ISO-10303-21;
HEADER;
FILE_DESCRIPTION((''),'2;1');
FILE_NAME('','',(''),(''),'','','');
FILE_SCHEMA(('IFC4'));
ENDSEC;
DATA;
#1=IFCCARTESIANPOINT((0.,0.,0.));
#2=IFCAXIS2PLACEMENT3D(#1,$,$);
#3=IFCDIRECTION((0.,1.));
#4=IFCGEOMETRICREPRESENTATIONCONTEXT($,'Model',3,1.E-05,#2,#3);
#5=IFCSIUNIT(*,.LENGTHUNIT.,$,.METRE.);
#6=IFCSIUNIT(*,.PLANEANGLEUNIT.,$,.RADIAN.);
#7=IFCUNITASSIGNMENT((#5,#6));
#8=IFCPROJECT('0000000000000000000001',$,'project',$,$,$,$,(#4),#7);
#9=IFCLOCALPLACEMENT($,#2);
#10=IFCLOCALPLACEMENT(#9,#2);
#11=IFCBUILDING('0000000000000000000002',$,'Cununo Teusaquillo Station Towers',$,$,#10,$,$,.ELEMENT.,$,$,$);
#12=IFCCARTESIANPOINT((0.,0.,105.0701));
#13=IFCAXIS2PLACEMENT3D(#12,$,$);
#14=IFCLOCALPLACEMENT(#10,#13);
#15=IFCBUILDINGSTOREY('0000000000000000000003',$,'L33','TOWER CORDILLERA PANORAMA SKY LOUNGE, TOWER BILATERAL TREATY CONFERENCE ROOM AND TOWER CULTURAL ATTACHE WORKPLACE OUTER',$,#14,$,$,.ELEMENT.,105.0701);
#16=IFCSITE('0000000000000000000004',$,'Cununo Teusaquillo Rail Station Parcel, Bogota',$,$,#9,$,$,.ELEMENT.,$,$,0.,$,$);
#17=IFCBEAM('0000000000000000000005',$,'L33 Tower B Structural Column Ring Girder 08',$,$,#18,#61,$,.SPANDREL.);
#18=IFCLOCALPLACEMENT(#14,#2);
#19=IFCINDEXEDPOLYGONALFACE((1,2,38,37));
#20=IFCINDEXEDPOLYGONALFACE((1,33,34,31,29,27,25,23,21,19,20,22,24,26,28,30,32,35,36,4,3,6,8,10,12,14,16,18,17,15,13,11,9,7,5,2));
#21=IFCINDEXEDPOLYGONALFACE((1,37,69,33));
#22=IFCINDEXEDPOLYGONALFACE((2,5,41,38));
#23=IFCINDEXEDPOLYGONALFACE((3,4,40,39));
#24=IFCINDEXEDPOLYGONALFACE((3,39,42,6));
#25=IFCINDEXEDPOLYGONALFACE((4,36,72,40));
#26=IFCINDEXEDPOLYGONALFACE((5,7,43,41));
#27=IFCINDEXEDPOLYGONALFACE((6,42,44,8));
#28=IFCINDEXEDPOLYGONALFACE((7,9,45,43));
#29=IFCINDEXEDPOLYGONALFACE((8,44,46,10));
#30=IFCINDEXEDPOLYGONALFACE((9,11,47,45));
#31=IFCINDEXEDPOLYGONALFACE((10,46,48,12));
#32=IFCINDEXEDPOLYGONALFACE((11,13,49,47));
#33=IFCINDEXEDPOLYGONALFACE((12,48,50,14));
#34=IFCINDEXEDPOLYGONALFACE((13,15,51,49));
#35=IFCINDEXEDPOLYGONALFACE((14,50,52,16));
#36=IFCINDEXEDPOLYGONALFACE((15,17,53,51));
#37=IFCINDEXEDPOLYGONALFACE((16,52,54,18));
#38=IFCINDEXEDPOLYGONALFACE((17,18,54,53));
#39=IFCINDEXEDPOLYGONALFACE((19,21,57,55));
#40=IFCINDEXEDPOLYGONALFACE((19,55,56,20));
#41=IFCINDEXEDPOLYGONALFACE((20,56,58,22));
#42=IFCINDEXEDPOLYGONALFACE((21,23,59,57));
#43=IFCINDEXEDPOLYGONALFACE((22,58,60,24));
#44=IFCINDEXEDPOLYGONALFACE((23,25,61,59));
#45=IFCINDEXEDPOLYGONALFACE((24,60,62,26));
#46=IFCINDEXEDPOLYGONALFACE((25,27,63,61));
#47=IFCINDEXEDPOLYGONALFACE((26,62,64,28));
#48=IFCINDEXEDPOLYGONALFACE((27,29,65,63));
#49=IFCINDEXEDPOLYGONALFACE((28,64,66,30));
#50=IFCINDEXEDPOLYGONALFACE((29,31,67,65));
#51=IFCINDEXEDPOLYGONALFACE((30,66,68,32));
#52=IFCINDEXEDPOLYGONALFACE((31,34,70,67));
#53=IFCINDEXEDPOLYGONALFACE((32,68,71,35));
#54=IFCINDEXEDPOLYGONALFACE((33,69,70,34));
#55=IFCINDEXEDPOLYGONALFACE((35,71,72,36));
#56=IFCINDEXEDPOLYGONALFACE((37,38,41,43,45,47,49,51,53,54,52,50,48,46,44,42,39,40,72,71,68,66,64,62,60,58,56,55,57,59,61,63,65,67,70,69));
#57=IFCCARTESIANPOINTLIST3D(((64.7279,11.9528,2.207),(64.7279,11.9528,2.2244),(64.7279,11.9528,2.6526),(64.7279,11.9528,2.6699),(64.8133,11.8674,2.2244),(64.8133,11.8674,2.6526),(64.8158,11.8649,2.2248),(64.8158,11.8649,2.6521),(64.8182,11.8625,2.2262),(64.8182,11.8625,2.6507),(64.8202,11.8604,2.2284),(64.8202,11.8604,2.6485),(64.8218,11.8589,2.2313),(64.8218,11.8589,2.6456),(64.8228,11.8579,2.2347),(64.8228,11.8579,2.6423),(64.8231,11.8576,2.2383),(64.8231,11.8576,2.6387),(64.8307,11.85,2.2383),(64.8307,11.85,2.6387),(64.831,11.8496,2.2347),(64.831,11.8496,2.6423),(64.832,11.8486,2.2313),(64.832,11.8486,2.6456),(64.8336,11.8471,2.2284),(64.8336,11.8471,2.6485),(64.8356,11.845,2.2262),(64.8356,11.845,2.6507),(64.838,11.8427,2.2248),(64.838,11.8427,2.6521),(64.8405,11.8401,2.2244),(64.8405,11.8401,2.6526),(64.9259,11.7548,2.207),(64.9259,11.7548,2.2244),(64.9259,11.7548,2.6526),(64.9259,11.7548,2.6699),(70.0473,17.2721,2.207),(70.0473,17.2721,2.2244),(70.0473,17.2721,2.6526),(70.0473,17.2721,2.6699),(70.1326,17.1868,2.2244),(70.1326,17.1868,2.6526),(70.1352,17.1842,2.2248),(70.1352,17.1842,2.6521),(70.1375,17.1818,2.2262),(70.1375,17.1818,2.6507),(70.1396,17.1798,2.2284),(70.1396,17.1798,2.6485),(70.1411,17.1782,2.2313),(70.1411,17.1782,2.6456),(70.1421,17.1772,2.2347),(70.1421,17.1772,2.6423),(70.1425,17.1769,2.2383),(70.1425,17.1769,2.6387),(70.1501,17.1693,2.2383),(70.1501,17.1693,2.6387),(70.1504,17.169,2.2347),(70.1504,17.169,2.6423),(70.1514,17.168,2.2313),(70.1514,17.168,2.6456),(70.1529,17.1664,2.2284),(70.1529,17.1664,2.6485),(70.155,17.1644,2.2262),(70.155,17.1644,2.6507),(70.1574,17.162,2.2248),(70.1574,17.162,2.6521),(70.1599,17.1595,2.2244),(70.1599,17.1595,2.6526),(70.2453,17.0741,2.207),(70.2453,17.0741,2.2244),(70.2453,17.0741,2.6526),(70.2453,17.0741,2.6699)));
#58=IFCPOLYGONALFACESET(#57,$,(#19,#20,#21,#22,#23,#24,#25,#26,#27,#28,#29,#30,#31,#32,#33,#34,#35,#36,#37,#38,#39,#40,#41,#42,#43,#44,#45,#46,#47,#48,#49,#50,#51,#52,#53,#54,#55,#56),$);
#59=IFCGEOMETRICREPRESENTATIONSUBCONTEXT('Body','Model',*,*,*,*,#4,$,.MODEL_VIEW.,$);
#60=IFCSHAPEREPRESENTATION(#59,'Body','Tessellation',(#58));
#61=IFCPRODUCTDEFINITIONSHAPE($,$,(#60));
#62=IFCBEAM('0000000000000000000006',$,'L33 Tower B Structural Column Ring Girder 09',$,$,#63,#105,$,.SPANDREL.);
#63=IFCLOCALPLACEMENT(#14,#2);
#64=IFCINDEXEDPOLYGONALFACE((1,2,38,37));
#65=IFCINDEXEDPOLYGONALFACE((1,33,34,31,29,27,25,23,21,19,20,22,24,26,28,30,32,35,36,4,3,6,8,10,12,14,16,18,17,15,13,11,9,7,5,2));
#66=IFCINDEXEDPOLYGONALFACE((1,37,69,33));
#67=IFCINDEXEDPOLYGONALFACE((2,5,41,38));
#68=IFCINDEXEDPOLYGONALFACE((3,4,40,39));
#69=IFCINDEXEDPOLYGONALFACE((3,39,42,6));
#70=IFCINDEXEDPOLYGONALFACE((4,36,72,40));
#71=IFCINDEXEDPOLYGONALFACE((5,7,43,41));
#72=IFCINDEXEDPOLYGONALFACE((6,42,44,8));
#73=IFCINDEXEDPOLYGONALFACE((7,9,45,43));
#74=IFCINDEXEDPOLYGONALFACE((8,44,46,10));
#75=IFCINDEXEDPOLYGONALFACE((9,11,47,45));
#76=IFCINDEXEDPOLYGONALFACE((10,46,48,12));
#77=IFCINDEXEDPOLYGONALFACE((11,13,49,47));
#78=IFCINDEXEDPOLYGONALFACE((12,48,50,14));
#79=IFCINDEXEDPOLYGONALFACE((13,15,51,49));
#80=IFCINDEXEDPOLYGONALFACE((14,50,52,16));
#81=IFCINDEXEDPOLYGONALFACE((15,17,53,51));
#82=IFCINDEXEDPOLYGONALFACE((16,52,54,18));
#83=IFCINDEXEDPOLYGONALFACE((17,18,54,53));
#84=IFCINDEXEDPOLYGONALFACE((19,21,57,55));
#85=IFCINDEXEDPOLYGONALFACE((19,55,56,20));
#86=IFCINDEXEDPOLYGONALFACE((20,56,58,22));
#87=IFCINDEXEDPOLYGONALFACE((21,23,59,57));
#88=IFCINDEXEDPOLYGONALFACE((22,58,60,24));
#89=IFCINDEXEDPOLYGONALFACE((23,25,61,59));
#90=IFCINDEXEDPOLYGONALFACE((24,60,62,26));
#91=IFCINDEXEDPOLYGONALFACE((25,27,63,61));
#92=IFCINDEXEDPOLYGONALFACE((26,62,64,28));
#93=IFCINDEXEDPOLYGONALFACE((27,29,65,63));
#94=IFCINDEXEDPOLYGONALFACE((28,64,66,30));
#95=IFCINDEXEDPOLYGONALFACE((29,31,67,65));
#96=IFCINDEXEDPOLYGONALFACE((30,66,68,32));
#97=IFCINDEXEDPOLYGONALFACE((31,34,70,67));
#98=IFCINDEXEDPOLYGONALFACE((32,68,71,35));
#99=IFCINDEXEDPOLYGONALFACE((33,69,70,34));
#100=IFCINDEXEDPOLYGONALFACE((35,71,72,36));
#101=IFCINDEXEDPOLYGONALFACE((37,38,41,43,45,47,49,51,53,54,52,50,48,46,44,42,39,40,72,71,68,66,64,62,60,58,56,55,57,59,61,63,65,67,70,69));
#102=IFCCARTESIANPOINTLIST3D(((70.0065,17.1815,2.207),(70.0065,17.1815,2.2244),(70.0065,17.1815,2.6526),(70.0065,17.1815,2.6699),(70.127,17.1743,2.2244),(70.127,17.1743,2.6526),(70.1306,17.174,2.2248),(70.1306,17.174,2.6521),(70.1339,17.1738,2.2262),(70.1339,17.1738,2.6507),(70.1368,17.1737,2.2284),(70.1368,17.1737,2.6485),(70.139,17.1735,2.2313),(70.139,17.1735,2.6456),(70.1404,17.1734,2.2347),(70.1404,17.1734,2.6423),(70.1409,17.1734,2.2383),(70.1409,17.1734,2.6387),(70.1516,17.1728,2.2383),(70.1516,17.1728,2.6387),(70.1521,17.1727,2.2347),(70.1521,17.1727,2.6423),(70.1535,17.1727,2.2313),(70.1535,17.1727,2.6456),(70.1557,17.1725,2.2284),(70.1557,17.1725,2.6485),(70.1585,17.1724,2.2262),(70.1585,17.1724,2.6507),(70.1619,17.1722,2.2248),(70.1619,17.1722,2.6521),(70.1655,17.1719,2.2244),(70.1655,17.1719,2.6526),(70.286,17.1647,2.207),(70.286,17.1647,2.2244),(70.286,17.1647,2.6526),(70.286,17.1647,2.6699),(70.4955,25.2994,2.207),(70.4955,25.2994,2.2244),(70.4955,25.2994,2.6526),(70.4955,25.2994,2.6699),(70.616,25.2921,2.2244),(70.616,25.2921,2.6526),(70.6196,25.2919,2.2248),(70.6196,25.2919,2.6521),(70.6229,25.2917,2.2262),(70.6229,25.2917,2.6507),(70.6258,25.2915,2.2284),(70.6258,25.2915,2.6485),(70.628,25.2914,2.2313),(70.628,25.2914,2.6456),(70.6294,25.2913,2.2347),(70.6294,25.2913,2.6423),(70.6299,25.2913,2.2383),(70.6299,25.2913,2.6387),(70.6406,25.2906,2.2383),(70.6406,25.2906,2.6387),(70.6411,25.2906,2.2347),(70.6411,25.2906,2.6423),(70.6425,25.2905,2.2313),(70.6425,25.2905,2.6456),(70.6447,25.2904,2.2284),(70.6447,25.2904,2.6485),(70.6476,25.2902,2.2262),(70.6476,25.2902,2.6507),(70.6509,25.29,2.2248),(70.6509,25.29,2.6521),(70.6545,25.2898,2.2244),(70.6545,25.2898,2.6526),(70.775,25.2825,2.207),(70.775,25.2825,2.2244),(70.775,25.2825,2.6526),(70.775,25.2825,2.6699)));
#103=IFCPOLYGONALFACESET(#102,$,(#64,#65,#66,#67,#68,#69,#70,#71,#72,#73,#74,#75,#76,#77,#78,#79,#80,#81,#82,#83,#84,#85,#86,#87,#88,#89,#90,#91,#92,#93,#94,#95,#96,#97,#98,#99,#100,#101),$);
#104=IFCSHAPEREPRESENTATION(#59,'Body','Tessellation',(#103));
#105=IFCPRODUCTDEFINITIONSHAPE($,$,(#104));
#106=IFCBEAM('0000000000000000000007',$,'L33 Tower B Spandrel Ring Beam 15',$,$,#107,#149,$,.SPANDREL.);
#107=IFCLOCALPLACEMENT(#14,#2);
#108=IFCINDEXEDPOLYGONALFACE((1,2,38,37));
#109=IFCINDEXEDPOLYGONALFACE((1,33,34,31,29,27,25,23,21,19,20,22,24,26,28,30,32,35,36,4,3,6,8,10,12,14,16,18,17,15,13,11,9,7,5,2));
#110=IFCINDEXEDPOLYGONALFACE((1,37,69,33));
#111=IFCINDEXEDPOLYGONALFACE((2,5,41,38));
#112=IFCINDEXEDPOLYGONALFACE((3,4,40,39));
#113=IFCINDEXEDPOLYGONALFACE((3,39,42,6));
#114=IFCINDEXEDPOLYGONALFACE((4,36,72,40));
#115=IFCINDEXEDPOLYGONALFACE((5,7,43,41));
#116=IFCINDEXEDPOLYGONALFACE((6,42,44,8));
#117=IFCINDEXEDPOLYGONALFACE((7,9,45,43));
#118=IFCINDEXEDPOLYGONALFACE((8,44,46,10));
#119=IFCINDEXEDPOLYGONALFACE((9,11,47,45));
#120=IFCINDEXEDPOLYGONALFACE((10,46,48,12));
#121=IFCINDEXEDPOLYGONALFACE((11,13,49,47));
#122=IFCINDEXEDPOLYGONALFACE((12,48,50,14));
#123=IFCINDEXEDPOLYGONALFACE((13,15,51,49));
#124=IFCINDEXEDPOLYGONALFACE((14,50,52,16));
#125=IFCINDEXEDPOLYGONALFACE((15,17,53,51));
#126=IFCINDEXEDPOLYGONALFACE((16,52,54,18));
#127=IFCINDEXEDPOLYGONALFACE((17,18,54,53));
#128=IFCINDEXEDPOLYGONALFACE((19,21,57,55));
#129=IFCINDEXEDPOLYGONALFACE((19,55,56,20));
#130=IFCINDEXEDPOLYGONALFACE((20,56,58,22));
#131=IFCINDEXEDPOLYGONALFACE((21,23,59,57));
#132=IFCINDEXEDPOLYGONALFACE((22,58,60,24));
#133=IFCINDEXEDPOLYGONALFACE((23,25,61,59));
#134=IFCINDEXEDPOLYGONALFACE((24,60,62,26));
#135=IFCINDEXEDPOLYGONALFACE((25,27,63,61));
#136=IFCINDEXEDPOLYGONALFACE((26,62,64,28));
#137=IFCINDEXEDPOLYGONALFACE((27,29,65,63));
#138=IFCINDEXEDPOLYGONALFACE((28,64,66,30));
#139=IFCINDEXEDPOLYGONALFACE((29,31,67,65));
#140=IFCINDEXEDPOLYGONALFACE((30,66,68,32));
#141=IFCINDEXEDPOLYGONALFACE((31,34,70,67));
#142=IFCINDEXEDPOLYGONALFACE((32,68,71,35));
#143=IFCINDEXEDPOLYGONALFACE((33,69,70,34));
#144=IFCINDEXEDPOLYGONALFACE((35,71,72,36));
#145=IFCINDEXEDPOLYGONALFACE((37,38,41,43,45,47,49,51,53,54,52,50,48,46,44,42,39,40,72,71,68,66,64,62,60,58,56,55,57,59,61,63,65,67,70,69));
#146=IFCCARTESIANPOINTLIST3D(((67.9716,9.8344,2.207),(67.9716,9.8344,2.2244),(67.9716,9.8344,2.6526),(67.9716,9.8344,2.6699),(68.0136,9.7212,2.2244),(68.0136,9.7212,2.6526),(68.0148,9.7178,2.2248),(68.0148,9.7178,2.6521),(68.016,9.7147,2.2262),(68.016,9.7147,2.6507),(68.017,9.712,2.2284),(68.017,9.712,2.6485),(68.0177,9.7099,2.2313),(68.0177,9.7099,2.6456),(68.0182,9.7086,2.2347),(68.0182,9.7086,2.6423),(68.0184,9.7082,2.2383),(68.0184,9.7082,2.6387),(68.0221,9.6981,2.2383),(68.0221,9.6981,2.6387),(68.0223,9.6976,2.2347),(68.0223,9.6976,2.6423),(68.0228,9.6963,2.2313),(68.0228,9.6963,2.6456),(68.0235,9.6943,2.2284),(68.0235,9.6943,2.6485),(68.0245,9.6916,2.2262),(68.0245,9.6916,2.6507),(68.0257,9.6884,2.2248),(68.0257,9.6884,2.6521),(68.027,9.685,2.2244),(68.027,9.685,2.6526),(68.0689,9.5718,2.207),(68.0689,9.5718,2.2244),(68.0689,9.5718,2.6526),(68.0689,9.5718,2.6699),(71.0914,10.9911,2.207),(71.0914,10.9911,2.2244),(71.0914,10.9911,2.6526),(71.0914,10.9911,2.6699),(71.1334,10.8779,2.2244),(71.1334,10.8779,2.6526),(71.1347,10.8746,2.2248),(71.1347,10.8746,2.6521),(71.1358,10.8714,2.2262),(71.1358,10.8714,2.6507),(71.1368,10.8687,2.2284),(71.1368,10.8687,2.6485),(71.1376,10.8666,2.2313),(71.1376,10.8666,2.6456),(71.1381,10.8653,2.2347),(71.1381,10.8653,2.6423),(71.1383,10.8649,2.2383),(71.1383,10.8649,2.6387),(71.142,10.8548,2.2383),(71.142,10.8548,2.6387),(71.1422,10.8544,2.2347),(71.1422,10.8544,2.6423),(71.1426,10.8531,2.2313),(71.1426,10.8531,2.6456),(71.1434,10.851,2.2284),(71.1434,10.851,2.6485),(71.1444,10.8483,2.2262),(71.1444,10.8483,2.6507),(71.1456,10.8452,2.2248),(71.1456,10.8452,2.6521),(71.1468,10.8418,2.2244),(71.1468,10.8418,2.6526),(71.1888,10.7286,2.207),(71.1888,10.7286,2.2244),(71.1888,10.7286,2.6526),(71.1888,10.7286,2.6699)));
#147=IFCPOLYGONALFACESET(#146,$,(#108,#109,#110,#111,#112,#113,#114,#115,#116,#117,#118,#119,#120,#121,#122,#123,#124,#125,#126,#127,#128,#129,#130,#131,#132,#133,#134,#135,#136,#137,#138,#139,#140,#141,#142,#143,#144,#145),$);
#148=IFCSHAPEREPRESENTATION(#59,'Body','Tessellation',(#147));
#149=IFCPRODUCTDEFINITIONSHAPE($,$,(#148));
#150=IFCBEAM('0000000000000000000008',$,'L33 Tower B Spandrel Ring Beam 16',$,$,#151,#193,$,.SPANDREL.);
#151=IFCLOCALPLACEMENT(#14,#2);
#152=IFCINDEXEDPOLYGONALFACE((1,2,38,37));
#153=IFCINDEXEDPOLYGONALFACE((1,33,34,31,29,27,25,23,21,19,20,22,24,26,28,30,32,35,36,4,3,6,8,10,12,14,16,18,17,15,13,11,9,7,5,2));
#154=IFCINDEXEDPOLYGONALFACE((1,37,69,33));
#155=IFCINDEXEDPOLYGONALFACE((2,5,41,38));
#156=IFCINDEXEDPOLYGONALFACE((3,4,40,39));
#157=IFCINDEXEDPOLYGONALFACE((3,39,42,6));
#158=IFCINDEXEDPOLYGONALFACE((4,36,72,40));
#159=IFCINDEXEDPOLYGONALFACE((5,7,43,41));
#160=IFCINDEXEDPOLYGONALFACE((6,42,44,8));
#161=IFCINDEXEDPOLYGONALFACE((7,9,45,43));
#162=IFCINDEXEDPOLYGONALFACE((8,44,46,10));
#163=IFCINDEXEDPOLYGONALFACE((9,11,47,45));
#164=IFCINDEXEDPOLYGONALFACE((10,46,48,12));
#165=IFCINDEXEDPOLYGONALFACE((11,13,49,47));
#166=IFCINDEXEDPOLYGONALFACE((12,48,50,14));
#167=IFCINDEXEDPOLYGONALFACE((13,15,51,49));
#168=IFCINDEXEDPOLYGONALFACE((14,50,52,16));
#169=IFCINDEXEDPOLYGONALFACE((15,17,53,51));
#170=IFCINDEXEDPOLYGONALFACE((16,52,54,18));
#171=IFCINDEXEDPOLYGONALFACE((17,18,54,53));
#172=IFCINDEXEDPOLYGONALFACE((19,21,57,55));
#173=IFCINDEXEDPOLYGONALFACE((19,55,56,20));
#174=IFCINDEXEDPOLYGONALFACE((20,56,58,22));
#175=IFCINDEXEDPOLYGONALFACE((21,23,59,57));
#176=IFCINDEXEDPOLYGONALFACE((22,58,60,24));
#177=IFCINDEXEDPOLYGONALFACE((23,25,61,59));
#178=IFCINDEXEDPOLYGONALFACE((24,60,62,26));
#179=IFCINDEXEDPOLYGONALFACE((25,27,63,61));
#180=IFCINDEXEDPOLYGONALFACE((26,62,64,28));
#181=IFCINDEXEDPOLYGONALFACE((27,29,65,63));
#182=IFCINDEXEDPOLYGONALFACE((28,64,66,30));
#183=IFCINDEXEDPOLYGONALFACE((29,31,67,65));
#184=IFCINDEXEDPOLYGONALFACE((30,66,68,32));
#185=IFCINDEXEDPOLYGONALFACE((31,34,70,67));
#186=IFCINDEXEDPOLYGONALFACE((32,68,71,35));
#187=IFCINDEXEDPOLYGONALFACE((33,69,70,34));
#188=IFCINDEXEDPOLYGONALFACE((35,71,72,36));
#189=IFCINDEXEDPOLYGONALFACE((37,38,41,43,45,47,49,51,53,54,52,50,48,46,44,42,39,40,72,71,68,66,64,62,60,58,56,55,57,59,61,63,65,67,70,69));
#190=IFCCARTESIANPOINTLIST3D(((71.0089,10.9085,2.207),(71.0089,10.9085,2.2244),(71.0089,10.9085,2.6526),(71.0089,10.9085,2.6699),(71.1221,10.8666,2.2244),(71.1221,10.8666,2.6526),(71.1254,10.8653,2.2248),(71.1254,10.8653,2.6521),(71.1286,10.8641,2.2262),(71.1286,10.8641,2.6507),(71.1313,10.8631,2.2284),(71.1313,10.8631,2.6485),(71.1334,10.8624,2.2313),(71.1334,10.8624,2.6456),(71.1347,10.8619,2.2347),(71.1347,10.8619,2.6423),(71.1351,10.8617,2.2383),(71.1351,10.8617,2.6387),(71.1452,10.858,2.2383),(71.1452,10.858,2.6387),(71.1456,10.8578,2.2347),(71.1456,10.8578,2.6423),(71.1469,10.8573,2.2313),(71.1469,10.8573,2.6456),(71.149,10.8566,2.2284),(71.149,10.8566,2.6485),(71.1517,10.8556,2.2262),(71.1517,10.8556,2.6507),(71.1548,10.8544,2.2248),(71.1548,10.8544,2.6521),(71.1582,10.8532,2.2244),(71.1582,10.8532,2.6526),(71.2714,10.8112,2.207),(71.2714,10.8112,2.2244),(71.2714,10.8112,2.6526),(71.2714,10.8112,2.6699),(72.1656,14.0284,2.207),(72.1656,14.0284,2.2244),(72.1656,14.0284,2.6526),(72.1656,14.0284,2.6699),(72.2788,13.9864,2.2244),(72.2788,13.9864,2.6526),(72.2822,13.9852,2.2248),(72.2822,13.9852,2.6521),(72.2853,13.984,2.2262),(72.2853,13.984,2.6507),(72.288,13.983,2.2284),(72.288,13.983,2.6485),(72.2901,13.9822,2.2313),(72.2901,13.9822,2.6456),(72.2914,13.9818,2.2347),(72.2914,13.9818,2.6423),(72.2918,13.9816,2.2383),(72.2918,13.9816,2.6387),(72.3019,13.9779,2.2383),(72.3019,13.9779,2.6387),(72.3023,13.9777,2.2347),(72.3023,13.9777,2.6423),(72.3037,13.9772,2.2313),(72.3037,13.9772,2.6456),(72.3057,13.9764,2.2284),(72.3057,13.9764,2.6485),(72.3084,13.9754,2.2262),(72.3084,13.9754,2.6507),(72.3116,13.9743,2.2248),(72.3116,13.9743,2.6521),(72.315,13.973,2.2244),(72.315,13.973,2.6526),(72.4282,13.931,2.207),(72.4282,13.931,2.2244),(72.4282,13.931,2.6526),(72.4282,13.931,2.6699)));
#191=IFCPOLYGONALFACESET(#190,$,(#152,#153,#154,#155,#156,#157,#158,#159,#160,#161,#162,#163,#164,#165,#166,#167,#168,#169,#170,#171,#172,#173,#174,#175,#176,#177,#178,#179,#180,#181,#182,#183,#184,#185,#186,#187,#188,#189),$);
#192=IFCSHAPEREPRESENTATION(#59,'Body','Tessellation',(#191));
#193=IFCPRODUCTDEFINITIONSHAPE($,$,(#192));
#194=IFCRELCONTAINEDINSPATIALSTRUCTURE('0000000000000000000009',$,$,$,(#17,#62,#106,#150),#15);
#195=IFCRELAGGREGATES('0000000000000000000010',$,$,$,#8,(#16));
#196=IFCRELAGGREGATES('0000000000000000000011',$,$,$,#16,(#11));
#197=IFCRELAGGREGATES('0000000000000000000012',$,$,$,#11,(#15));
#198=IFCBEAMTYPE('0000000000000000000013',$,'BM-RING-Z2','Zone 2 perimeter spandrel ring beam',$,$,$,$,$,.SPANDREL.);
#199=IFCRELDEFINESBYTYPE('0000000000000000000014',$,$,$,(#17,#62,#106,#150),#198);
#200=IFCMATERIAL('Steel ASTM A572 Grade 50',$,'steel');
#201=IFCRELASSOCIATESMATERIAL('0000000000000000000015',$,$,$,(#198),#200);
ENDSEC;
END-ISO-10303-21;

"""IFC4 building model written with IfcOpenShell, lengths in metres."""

from ifc_helpers import new_model, si_unit, direction, frame, origin, origin_2d, place, context, subcontext, project, spatial, i_section, extrude, material, material_profile, profile_set, type_object, element, save


model = new_model("IFC4")

# Units and contexts
model_context = context("Model", 3, precision=1e-05, world=origin(), true_north=direction((0.0, 1.0)))
body_context = subcontext(model_context, "Body", "Model", "MODEL_VIEW")
ifc_project = project(units=[si_unit("LENGTHUNIT", "METRE"), si_unit("PLANEANGLEUNIT", "RADIAN")], contexts=[model_context])

# Site, building, storey
site_placement = place(None, origin())
site = spatial("IfcSite", under=ifc_project, at=site_placement, Name="Cununo Teusaquillo Rail Station Parcel, Bogota", CompositionType="ELEMENT", RefElevation=0.0)
building_placement = place(site_placement, origin())
building = spatial("IfcBuilding", under=site, at=building_placement, Name="Cununo Teusaquillo Station Towers", CompositionType="ELEMENT")
storey_placement = place(building_placement, frame((0.0, 0.0, 105.0701)))
storey = spatial("IfcBuildingStorey", under=building, at=storey_placement, Name="L33", Description="TOWER CORDILLERA PANORAMA SKY LOUNGE, TOWER BILATERAL TREATY CONFERENCE ROOM AND TOWER CULTURAL ATTACHE WORKPLACE OUTER", CompositionType="ELEMENT", Elevation=105.0701)

# Beams
ifc_material_1 = material(Name="Steel ASTM A572 Grade 50", Category="steel")
ifc_material_profile_1 = material_profile(ifc_material_1, i_section(OverallWidth=0.28, OverallDepth=0.4629, WebThickness=0.0107, FlangeThickness=0.0173, FilletRadius=0.0139, at=origin_2d()), Name="W18X76")
ifc_profile_set_1 = profile_set([ifc_material_profile_1], Name="Steel ASTM A572 Grade 50")
beam_type_1 = type_object("IfcBeamType", Name="BM-RING-Z2", Description="Zone 2 perimeter spandrel ring beam", PredefinedType="SPANDREL", material=ifc_profile_set_1)
beam_1_placement = place(storey_placement, frame((64.8269, 11.8538, 2.4385), z_axis=(0.707107, 0.707107, 0.0), x_axis=(-0.707107, 0.707107, 0.0)))
element("IfcBeam", 1, at=beam_1_placement, inside=storey, type_object=beam_type_1, Name="L33 Tower B Structural Column Ring Girder 08", PredefinedType="SPANDREL", context=body_context, shape_type="SweptSolid", body=[
    extrude(i_section(OverallWidth=0.28, OverallDepth=0.4629, WebThickness=0.0107, FlangeThickness=0.0173, FilletRadius=0.0139, at=origin_2d()), origin(), (0.0, 0.0, 1.0), 7.5227),
])
beam_2_placement = place(storey_placement, frame((70.1462, 17.1731, 2.4385), z_axis=(0.06013, 0.998191, 0.0), x_axis=(-0.998191, 0.06013, 0.0)))
element("IfcBeam", 2, at=beam_2_placement, inside=storey, type_object=beam_type_1, Name="L33 Tower B Structural Column Ring Girder 09", PredefinedType="SPANDREL", context=body_context, shape_type="SweptSolid", body=[
    extrude(i_section(OverallWidth=0.28, OverallDepth=0.4629, WebThickness=0.0107, FlangeThickness=0.0173, FilletRadius=0.0139, at=origin_2d()), origin(), (0.0, 0.0, 1.0), 8.1326),
])
for number, where, z_axis, x_axis, name in (
    (3, (68.0203, 9.7031, 2.4385), (0.937628, 0.347639, 0.0), (-0.347639, 0.937628, 0.0), "L33 Tower B Spandrel Ring Beam 15"),
    (4, (71.1401, 10.8599, 2.4385), (0.347639, 0.937628, 0.0), (-0.937628, 0.347639, 0.0), "L33 Tower B Spandrel Ring Beam 16"),
):
    element("IfcBeam", number, at=place(storey_placement, frame(where, z_axis=z_axis, x_axis=x_axis)), inside=storey, type_object=beam_type_1, Name=name, PredefinedType="SPANDREL", context=body_context, shape_type="SweptSolid", body=[
        extrude(i_section(OverallWidth=0.28, OverallDepth=0.4629, WebThickness=0.0107, FlangeThickness=0.0173, FilletRadius=0.0139, at=origin_2d()), origin(), (0.0, 0.0, 1.0), 3.3274),
    ])

save(model, "model.ifc")
